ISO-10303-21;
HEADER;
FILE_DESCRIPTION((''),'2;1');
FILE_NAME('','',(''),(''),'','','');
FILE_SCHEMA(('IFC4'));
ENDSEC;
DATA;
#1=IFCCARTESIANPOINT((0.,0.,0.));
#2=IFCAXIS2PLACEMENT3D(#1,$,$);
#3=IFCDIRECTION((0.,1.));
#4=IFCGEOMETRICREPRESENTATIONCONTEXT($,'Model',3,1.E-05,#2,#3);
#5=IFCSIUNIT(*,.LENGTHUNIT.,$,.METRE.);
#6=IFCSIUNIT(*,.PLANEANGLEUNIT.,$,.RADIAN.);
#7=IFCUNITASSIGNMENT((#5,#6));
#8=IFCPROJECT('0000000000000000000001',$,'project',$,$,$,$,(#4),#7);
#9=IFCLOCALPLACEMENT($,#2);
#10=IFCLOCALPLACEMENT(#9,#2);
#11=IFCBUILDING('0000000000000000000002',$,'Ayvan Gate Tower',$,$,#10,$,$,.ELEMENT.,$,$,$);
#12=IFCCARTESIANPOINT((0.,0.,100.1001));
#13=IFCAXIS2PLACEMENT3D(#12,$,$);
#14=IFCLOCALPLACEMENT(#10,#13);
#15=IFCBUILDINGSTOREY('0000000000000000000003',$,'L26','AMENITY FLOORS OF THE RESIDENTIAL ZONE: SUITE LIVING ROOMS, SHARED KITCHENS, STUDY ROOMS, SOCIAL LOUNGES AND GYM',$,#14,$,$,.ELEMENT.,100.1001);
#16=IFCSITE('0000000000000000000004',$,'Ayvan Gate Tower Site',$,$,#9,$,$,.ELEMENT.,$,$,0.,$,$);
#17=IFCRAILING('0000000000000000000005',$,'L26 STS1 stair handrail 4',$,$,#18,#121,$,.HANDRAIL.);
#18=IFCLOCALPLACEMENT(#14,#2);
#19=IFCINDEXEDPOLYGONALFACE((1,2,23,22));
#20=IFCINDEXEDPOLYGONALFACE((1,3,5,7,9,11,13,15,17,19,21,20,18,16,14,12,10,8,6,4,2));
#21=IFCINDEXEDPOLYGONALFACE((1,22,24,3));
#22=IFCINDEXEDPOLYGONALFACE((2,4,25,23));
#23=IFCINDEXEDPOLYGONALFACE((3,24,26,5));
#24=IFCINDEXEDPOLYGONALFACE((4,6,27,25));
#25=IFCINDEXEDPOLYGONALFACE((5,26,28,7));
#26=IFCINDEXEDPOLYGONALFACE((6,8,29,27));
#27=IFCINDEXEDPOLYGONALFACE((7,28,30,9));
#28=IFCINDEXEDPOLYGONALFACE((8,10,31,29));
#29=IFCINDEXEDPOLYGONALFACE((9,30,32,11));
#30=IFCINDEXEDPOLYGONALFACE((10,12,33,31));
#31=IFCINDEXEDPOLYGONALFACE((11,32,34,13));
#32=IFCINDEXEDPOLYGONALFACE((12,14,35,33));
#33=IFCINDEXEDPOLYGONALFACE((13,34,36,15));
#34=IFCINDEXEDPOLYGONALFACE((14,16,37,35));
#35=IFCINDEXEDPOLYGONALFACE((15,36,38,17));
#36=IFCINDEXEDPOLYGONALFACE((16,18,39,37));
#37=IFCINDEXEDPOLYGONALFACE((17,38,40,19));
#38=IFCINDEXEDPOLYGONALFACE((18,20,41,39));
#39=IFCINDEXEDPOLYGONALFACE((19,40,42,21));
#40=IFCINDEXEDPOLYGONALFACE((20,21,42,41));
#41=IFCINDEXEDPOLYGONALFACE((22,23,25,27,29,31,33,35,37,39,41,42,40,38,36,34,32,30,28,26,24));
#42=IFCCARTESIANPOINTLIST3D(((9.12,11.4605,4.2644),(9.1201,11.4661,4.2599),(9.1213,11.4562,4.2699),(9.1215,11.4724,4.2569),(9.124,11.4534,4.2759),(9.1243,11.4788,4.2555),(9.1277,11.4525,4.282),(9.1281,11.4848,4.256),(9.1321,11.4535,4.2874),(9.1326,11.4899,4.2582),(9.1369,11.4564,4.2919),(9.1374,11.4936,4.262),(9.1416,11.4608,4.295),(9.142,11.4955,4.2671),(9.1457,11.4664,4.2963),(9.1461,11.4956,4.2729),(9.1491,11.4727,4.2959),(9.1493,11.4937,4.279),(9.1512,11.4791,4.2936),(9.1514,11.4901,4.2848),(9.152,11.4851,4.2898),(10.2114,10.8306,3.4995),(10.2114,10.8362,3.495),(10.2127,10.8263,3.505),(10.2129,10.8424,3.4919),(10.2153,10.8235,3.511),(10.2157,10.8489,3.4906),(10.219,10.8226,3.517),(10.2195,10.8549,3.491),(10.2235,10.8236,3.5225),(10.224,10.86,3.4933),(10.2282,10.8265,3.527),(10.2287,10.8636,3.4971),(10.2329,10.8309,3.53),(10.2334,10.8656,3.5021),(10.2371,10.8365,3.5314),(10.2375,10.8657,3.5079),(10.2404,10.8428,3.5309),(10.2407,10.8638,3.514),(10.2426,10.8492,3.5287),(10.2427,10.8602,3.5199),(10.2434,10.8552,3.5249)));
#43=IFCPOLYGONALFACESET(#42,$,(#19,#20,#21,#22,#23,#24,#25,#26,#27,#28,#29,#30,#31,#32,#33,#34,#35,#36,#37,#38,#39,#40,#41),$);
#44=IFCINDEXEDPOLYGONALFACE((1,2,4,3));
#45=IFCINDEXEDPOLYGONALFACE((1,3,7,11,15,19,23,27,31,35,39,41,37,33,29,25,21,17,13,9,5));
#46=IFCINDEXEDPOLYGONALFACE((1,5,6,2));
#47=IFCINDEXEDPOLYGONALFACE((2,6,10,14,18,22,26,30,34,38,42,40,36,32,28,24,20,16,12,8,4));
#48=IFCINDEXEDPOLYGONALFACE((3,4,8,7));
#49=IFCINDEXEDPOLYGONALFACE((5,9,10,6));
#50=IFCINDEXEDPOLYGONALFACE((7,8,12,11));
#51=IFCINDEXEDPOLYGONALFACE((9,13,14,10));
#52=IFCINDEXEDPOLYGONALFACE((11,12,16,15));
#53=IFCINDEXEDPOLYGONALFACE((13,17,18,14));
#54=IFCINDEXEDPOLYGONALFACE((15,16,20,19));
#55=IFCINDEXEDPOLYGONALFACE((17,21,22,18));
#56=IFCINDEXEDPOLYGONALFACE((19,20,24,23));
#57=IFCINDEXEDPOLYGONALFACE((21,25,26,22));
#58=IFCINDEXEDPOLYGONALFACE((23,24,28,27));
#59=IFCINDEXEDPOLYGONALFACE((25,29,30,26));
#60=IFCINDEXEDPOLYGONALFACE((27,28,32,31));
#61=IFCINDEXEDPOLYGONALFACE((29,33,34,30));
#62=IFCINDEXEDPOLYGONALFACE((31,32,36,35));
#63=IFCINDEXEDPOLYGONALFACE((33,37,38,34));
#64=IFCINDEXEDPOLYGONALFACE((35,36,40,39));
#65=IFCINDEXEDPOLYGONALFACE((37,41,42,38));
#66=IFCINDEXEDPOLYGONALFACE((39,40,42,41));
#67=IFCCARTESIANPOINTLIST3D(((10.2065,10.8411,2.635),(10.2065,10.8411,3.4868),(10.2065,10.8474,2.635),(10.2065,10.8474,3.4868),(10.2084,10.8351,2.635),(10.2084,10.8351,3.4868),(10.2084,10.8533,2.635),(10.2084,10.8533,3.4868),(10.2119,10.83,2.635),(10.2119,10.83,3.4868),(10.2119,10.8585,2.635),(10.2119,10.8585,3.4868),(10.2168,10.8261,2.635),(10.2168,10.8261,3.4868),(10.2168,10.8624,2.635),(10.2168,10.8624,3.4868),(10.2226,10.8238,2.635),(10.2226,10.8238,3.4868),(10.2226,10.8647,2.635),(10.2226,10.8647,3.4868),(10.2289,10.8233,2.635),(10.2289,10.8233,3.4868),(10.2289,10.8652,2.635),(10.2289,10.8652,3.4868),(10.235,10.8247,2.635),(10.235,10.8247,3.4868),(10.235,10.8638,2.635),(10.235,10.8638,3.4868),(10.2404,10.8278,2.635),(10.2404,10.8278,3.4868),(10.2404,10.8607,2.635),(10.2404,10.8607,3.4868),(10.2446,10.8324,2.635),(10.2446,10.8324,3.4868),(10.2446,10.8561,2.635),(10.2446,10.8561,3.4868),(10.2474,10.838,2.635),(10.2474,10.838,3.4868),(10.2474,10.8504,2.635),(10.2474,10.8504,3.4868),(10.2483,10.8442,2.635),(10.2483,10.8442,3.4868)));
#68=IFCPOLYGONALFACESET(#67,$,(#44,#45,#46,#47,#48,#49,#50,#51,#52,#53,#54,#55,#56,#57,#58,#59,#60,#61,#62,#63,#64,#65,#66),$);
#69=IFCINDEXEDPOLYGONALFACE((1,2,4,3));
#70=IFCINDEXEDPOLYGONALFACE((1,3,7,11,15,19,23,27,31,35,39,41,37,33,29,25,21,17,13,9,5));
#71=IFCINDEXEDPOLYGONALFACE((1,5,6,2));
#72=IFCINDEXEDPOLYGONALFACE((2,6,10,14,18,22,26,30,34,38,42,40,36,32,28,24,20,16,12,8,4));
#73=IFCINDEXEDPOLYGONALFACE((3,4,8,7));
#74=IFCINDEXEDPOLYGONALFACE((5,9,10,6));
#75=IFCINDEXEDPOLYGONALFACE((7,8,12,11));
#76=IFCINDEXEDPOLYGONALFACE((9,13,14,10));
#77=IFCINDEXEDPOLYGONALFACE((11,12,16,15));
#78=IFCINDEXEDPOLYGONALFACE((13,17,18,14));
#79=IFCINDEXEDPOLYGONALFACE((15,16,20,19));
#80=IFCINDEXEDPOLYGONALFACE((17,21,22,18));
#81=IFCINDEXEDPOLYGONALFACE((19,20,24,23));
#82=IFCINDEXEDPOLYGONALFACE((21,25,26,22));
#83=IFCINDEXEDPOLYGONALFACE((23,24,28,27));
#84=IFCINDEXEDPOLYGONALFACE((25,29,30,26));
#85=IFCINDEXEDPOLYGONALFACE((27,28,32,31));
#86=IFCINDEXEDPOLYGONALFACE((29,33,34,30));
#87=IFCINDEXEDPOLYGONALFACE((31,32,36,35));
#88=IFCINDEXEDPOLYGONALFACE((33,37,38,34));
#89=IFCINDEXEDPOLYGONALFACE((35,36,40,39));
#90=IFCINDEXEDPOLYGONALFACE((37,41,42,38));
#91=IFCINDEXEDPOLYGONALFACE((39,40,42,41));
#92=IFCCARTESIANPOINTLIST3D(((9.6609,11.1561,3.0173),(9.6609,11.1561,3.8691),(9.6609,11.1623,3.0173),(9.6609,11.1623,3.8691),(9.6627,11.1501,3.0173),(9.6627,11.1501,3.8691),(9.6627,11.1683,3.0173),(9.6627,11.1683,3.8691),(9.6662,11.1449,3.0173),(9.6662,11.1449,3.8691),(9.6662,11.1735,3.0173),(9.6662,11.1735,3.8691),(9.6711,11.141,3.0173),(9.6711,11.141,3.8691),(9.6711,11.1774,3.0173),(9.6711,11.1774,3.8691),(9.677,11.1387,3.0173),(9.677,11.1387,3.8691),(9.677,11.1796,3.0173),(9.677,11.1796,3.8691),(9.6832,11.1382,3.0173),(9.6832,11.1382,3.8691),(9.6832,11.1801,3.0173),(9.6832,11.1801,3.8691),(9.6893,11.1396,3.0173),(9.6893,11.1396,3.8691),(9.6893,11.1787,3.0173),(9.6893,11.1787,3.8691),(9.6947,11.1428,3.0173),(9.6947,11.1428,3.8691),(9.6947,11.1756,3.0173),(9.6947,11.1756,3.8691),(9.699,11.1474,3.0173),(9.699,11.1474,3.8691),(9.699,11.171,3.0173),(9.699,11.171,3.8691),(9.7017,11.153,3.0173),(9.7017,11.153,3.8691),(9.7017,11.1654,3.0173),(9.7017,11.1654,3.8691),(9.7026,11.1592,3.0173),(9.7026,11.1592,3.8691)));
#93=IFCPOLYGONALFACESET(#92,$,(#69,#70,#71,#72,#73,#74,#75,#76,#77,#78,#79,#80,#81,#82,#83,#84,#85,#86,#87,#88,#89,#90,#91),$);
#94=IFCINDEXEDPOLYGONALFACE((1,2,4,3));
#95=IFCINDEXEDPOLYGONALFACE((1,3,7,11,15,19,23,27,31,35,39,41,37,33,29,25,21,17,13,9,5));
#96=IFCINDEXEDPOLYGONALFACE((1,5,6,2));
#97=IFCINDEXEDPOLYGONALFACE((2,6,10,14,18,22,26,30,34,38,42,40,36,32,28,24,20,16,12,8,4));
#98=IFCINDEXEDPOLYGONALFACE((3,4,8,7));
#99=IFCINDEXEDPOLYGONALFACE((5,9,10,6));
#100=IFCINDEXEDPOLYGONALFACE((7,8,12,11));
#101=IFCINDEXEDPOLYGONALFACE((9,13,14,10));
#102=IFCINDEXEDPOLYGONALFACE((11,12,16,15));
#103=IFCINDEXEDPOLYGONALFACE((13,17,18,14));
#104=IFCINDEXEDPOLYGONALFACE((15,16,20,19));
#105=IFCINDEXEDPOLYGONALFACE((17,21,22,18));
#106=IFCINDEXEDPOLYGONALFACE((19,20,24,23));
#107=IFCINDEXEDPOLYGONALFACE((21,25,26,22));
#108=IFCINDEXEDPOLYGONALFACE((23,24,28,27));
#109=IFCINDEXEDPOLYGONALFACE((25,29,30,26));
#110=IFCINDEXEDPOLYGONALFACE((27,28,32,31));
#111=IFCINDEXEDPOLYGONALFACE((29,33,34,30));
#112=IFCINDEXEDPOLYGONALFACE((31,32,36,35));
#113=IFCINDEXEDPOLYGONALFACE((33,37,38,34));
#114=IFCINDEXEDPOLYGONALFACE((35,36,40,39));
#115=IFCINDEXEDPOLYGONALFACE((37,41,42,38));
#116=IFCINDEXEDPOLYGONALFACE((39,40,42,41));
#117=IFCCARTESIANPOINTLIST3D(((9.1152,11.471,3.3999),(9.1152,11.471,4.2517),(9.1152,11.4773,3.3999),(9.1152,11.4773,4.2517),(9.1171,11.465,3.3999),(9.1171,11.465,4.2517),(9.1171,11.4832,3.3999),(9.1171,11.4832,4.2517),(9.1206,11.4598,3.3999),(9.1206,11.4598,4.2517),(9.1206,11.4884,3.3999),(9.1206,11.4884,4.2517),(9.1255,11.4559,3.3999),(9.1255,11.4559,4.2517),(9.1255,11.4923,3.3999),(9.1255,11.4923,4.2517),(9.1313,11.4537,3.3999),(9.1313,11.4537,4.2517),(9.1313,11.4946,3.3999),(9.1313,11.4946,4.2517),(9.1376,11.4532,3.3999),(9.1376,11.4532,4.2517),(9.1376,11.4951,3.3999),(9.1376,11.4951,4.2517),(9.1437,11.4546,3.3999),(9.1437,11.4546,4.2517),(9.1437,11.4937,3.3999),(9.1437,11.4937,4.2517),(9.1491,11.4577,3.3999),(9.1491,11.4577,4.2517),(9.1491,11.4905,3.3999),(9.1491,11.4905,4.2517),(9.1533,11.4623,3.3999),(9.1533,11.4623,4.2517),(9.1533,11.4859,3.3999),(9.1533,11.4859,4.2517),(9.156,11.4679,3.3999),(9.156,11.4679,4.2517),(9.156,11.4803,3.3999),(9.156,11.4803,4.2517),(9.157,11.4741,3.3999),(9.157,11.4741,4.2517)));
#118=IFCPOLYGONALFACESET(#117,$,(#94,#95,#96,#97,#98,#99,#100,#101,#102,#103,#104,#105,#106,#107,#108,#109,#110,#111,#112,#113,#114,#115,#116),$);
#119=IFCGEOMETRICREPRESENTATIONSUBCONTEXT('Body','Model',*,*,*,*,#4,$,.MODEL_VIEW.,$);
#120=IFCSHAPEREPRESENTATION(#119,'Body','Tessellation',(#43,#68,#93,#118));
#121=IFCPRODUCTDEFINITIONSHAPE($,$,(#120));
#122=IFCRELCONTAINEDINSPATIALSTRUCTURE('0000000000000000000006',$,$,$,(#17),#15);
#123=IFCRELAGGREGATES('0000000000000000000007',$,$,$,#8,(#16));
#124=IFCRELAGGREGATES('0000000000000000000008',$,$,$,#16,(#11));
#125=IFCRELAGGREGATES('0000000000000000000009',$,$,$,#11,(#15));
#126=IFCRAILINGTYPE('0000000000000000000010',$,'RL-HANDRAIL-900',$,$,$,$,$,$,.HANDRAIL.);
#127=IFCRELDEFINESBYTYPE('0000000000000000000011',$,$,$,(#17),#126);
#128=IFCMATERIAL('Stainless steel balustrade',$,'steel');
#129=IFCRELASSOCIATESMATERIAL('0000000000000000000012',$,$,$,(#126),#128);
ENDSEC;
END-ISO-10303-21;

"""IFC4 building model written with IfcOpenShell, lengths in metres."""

from ifc_helpers import new_model, si_unit, direction, frame, origin, origin_2d, place, context, subcontext, project, spatial, circle, extrude, material, type_object, element, save


model = new_model("IFC4")

# Units and contexts
model_context = context("Model", 3, precision=1e-05, world=origin(), true_north=direction((0.0, 1.0)))
body_context = subcontext(model_context, "Body", "Model", "MODEL_VIEW")
ifc_project = project(units=[si_unit("LENGTHUNIT", "METRE"), si_unit("PLANEANGLEUNIT", "RADIAN")], contexts=[model_context])

# Site, building, storey
site_placement = place(None, origin())
site = spatial("IfcSite", under=ifc_project, at=site_placement, Name="Ayvan Gate Tower Site", CompositionType="ELEMENT", RefElevation=0.0)
building_placement = place(site_placement, origin())
building = spatial("IfcBuilding", under=site, at=building_placement, Name="Ayvan Gate Tower", CompositionType="ELEMENT")
storey_placement = place(building_placement, frame((0.0, 0.0, 100.1001)))
storey = spatial("IfcBuildingStorey", under=building, at=storey_placement, Name="L26", Description="AMENITY FLOORS OF THE RESIDENTIAL ZONE: SUITE LIVING ROOMS, SHARED KITCHENS, STUDY ROOMS, SOCIAL LOUNGES AND GYM", CompositionType="ELEMENT", Elevation=100.1001)

# Railing
ifc_material_1 = material(Name="Stainless steel balustrade", Category="steel")
railing_type_1 = type_object("IfcRailingType", Name="RL-HANDRAIL-900", PredefinedType="HANDRAIL", material=ifc_material_1)
railing_1_placement = place(storey_placement, frame((10.2273, 10.8442, 2.635)))
element("IfcRailing", 1, at=railing_1_placement, inside=storey, type_object=railing_type_1, Name="L26 STS1 stair handrail 4", PredefinedType="HANDRAIL", context=body_context, shape_type="SweptSolid", body=[
    extrude(circle(Radius=0.0239, at=origin_2d()), frame((0.0, 0.0, 0.876), z_axis=(-0.740357, 0.42732, 0.518912), x_axis=(-0.49989, -0.866089, 0.0)), (0.0, 0.0, 1.0), 1.4741),
    extrude(circle(Radius=0.021, at=origin_2d()), origin(), (0.0, 0.0, 1.0), 0.8518),
    extrude(circle(Radius=0.021, at=origin_2d()), frame((-0.5457, 0.3149, 0.3823)), (0.0, 0.0, 1.0), 0.8518),
    extrude(circle(Radius=0.021, at=origin_2d()), frame((-1.0913, 0.6299, 0.7649)), (0.0, 0.0, 1.0), 0.8518),
])

save(model, "model.ifc")
